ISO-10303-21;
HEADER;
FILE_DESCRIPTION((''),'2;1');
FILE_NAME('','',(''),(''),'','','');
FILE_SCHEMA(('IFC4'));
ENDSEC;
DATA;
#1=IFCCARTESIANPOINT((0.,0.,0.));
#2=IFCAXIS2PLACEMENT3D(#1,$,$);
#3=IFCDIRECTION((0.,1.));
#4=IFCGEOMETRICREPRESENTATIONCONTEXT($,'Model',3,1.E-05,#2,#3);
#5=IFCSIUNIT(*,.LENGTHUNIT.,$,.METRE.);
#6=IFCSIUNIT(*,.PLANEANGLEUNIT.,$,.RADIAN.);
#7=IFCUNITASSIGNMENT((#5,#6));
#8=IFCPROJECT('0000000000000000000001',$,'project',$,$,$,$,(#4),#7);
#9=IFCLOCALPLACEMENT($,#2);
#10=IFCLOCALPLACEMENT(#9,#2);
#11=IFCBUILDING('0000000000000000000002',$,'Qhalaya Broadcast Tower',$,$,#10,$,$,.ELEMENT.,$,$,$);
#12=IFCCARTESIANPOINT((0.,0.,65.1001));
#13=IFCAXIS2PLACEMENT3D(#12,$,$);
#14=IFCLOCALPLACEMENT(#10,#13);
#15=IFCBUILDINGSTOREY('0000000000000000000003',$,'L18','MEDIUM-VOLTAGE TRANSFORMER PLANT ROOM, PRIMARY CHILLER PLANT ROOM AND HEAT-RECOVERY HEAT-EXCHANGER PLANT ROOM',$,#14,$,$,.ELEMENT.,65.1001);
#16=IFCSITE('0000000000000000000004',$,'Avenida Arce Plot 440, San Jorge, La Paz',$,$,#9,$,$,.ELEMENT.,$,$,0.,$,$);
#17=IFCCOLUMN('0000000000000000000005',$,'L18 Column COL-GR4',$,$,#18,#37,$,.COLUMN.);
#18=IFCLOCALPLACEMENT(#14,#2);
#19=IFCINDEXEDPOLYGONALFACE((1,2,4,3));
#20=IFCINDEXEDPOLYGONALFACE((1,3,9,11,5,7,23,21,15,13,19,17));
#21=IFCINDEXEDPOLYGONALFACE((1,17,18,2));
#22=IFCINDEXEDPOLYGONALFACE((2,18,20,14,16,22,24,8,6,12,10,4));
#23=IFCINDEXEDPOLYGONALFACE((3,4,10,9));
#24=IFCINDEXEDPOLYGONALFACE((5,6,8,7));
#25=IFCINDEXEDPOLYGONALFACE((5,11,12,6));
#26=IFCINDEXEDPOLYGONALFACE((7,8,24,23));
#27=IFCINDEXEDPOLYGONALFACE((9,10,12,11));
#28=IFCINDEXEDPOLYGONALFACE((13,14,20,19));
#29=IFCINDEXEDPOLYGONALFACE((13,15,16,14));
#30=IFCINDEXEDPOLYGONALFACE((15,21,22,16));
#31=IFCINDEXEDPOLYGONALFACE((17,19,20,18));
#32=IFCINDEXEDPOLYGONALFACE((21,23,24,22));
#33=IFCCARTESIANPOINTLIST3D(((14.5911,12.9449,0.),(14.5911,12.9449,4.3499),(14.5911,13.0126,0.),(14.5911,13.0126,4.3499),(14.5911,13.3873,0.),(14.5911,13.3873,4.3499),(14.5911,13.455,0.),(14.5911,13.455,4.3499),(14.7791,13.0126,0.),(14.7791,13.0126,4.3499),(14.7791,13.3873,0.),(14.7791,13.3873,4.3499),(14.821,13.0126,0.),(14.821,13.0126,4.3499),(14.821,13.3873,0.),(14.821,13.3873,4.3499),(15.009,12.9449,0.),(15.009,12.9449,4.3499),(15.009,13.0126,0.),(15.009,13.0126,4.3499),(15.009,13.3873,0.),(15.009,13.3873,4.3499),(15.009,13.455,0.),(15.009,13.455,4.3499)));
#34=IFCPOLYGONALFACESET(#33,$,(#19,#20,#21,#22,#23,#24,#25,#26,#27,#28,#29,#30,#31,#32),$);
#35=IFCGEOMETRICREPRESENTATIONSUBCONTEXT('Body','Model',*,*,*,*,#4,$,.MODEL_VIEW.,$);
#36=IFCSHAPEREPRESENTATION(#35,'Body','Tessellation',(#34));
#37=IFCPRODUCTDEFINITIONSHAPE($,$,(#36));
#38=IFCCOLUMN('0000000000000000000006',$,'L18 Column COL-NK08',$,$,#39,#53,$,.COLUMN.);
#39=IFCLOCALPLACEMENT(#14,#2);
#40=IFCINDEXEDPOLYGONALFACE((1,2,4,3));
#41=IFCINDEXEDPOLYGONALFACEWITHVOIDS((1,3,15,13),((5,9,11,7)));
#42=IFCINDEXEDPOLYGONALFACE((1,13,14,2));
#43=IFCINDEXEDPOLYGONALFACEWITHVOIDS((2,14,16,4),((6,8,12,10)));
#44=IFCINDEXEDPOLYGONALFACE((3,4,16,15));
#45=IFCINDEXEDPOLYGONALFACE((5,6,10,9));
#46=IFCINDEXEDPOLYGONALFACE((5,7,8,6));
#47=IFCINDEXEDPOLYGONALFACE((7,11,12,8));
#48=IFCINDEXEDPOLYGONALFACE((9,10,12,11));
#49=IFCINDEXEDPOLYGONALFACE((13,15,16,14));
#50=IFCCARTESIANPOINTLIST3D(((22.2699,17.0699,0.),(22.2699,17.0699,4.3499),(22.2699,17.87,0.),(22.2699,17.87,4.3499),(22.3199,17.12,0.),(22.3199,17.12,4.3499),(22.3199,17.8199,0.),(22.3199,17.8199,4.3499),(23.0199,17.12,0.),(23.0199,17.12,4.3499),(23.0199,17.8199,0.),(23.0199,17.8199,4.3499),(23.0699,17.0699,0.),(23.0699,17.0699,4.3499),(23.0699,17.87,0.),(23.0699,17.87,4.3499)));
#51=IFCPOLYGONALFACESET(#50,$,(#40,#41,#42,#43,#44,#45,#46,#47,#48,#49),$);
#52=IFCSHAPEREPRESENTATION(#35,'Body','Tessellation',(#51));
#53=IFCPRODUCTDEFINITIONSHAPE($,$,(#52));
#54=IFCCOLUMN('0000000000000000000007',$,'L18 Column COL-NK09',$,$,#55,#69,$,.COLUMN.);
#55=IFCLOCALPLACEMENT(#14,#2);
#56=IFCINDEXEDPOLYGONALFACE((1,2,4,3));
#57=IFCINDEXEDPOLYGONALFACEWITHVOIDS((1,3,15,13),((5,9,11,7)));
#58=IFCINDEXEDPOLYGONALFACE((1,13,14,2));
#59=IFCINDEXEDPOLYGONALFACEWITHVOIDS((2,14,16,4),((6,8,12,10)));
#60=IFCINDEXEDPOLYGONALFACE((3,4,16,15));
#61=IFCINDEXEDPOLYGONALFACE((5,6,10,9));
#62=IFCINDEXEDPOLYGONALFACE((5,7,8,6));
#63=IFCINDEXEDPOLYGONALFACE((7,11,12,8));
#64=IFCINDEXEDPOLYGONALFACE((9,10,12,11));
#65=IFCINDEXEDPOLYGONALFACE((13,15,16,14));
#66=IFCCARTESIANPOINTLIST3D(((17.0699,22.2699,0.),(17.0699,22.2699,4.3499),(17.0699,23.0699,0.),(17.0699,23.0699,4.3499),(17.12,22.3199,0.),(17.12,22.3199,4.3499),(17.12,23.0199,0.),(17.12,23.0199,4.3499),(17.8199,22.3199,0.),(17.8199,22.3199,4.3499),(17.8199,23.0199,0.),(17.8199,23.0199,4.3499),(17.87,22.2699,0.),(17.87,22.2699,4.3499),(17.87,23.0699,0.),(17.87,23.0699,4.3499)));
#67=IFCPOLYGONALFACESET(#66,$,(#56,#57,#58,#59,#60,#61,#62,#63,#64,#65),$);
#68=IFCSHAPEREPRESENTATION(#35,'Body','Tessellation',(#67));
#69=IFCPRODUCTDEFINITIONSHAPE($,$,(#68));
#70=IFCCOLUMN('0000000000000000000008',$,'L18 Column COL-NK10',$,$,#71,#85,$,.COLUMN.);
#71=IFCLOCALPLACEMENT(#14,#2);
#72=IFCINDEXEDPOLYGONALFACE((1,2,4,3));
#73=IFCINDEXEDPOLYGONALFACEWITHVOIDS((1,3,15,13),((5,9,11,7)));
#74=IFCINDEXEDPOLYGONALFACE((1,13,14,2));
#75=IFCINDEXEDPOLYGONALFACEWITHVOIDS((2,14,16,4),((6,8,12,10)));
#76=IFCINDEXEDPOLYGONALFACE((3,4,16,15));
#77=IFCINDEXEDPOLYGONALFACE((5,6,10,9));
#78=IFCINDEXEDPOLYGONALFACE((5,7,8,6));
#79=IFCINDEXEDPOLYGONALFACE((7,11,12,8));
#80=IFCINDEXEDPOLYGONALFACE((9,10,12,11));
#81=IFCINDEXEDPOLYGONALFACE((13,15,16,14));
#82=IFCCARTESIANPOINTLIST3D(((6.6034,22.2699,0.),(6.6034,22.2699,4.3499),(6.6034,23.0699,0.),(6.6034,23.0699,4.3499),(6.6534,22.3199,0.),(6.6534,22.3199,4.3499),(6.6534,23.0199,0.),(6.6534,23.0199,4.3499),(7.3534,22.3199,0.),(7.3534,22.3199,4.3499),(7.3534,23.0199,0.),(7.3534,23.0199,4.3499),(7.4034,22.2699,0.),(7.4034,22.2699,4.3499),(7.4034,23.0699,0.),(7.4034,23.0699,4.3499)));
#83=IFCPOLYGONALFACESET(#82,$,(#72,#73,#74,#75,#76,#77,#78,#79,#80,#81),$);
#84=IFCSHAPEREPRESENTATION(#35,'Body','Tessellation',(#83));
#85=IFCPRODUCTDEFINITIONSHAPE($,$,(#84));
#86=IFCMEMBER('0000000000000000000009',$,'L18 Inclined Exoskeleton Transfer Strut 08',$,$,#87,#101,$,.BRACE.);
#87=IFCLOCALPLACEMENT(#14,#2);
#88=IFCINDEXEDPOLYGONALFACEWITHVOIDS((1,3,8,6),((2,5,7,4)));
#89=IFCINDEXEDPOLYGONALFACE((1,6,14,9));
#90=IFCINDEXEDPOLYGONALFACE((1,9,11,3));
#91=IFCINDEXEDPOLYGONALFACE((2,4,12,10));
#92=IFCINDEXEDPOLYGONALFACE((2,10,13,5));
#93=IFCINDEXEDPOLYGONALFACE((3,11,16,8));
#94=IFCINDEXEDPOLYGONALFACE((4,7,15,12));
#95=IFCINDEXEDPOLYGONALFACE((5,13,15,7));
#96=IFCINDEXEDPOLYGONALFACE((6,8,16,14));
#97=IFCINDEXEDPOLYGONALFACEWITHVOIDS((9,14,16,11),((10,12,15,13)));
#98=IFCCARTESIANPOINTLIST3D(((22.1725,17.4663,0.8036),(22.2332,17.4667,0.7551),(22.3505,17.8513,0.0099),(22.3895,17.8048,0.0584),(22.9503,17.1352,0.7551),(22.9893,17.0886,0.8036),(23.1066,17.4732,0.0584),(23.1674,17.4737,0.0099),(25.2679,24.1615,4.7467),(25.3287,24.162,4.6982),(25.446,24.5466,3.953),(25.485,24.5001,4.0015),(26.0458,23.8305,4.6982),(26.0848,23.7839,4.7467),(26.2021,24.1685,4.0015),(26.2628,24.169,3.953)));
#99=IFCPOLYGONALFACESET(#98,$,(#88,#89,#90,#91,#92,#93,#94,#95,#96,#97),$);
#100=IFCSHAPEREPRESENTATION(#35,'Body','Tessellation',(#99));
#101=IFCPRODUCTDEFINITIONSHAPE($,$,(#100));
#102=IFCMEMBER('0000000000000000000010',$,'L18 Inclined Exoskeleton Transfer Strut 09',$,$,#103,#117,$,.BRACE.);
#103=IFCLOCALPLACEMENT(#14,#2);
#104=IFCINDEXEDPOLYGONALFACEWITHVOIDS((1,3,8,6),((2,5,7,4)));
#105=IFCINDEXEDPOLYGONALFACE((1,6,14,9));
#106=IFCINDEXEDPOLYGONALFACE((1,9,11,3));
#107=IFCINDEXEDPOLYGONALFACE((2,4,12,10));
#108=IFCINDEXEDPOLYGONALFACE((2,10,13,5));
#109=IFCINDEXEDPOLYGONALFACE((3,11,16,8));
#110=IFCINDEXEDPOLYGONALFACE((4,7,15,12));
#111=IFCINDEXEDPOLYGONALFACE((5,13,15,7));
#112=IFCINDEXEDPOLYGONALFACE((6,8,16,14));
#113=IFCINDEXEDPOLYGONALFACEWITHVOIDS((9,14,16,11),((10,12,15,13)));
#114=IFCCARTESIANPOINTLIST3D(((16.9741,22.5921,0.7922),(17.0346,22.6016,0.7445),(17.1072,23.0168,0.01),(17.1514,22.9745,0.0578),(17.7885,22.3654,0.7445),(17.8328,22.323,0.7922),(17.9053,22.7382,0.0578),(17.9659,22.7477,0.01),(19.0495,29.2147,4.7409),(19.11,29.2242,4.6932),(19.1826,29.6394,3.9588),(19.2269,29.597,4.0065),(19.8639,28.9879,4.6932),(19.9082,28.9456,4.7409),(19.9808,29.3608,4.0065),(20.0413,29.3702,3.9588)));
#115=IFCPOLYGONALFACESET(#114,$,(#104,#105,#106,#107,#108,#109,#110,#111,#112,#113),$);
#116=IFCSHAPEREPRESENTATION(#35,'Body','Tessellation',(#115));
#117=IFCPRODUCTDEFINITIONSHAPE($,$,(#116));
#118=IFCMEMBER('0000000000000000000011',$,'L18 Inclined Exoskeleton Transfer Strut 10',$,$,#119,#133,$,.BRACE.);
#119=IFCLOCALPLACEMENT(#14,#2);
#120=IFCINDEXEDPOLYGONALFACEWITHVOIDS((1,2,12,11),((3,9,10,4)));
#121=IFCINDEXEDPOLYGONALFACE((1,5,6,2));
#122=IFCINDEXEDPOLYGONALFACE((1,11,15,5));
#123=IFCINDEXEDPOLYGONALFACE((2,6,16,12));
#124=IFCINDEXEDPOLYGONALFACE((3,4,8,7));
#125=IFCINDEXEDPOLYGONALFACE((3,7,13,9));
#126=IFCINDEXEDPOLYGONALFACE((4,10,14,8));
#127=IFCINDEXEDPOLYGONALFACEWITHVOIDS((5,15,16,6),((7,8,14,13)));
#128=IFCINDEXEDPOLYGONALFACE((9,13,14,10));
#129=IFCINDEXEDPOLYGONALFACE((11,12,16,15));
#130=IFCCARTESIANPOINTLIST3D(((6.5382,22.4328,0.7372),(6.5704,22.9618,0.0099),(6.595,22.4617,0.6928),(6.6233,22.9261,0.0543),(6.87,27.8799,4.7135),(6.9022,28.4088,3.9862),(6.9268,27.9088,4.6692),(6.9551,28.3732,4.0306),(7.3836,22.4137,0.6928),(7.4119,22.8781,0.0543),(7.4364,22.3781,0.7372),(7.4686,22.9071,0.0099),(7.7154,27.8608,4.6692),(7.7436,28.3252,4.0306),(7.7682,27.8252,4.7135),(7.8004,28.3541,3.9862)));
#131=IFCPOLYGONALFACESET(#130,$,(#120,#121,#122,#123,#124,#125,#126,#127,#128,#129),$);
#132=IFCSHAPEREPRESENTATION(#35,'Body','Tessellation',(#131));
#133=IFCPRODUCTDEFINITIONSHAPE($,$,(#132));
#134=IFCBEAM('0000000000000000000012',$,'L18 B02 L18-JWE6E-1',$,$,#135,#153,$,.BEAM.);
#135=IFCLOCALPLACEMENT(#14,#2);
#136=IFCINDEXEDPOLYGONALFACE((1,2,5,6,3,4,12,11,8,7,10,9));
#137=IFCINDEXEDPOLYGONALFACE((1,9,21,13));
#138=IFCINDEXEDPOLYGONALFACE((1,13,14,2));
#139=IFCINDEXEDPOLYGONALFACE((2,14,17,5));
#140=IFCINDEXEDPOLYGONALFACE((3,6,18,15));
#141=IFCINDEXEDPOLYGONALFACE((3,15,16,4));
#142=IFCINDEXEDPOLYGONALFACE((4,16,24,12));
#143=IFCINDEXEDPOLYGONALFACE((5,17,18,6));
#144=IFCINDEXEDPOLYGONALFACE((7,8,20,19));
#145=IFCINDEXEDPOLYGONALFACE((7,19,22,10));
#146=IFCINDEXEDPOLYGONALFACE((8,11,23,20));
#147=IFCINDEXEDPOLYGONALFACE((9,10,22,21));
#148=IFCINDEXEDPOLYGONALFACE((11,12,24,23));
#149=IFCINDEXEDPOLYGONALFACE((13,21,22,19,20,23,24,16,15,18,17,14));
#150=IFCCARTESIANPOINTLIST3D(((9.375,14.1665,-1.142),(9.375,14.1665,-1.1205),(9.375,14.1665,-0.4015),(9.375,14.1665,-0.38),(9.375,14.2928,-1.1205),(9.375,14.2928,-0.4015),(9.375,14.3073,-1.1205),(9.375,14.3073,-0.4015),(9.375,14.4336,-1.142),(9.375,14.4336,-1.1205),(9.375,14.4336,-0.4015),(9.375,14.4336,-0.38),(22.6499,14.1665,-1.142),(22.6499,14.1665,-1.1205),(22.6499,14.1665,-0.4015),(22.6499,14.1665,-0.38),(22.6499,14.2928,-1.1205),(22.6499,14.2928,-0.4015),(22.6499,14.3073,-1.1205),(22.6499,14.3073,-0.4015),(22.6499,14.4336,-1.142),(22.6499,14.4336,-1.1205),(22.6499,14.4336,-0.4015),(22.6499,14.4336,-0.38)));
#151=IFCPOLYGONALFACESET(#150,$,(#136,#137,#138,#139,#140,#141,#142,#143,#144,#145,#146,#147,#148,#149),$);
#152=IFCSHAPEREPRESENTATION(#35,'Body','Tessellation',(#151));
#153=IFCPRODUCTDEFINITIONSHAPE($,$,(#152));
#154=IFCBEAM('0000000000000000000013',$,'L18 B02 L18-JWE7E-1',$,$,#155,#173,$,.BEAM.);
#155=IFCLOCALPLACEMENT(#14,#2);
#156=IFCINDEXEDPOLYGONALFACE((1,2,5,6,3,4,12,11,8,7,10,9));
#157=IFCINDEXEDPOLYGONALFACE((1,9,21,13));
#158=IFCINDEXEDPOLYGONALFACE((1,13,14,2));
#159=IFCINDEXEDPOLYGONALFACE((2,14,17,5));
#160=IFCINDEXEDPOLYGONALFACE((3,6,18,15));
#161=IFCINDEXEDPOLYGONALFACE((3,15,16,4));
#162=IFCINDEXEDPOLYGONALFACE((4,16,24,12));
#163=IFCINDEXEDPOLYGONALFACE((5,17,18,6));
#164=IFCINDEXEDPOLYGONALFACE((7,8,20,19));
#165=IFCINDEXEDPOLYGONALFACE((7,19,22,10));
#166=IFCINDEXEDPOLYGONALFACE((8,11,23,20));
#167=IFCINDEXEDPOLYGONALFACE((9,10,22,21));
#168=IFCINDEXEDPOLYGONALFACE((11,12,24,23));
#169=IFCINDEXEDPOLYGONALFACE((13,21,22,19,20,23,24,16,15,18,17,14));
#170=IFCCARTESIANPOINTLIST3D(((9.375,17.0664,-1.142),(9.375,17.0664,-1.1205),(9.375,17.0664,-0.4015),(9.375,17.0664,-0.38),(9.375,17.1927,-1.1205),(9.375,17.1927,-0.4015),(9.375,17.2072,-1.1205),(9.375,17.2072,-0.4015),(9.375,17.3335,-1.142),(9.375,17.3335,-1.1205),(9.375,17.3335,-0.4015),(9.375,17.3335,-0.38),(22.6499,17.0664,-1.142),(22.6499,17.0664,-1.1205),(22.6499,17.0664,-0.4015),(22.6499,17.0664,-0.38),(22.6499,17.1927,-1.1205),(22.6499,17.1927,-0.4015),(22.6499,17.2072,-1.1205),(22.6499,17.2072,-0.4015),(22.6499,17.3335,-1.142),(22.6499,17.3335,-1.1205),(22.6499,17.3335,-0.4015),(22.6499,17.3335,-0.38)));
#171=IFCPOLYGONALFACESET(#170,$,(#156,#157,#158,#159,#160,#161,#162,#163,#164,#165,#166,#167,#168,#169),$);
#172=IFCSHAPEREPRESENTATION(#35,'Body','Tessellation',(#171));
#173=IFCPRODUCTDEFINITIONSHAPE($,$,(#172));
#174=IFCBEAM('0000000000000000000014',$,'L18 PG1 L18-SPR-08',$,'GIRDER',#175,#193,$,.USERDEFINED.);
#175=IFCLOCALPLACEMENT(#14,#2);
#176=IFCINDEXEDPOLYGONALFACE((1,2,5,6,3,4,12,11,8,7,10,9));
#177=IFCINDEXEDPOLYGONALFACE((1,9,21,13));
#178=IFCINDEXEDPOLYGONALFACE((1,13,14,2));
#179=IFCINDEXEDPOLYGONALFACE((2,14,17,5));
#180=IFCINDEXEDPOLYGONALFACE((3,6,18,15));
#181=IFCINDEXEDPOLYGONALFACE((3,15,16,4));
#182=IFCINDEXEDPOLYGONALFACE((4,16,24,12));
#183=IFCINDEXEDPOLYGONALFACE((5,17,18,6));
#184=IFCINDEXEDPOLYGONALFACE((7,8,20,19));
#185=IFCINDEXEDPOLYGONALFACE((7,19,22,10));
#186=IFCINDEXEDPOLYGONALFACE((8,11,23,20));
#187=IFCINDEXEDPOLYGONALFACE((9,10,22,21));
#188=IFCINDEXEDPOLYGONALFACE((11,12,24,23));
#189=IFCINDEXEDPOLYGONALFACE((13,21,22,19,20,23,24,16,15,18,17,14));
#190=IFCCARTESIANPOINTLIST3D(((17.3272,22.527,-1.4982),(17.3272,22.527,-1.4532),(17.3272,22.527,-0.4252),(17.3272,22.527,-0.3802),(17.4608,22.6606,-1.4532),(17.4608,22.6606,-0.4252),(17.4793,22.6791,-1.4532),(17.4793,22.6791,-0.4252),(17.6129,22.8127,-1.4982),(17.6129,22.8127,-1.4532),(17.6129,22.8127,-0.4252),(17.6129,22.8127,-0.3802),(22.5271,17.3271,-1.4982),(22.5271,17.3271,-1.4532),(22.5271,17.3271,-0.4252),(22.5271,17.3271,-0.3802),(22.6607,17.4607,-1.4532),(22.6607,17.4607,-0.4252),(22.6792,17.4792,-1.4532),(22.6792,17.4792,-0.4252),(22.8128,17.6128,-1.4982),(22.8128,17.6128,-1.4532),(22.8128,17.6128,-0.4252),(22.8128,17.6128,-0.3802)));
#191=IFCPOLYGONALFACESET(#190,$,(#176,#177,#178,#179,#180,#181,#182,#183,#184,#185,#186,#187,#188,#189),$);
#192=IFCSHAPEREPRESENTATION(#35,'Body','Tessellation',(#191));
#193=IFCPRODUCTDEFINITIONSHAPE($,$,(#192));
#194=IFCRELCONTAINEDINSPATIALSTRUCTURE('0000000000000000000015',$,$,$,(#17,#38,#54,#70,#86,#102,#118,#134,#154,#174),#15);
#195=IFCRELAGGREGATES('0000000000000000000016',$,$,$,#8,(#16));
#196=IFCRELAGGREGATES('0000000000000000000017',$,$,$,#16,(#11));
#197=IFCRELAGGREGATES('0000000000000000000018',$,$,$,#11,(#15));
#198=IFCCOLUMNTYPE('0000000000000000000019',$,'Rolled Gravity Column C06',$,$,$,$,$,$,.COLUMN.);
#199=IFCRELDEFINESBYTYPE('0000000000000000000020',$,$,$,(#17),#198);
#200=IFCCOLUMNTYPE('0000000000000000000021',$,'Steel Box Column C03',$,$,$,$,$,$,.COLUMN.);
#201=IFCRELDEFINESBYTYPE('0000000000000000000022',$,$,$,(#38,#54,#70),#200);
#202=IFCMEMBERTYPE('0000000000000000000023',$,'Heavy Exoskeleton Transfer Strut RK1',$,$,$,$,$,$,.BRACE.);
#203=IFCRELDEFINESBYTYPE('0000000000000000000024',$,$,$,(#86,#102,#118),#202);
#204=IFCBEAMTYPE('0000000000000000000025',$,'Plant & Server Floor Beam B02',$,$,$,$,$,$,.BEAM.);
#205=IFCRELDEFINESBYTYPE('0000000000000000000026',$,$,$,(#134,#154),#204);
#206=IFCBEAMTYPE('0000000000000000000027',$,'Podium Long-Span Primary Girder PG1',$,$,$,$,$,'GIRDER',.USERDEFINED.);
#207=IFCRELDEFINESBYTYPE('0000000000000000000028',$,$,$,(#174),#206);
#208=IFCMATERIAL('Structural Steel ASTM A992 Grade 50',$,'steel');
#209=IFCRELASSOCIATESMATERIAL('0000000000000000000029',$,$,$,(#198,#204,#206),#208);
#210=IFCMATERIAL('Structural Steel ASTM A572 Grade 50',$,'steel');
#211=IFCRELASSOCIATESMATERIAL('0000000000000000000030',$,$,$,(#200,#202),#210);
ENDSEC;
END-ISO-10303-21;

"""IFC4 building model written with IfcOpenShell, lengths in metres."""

from ifc_helpers import new_model, si_unit, direction, frame, origin, origin_2d, place, context, subcontext, project, spatial, hollow_rectangle, i_section, extrude, material, material_profile, profile_set, type_object, element, save


model = new_model("IFC4")

# Units and contexts
model_context = context("Model", 3, precision=1e-05, world=origin(), true_north=direction((0.0, 1.0)))
body_context = subcontext(model_context, "Body", "Model", "MODEL_VIEW")
ifc_project = project(units=[si_unit("LENGTHUNIT", "METRE"), si_unit("PLANEANGLEUNIT", "RADIAN")], contexts=[model_context])

# Site, building, storey
site_placement = place(None, origin())
site = spatial("IfcSite", under=ifc_project, at=site_placement, Name="Avenida Arce Plot 440, San Jorge, La Paz", CompositionType="ELEMENT", RefElevation=0.0)
building_placement = place(site_placement, origin())
building = spatial("IfcBuilding", under=site, at=building_placement, Name="Qhalaya Broadcast Tower", CompositionType="ELEMENT")
storey_placement = place(building_placement, frame((0.0, 0.0, 65.1001)))
storey = spatial("IfcBuildingStorey", under=building, at=storey_placement, Name="L18", Description="MEDIUM-VOLTAGE TRANSFORMER PLANT ROOM, PRIMARY CHILLER PLANT ROOM AND HEAT-RECOVERY HEAT-EXCHANGER PLANT ROOM", CompositionType="ELEMENT", Elevation=65.1001)

# Columns
ifc_material_1 = material(Name="Structural Steel ASTM A992 Grade 50", Category="steel")
ifc_material_profile_1 = material_profile(ifc_material_1, i_section(OverallWidth=0.418, OverallDepth=0.51, WebThickness=0.042, FlangeThickness=0.0676, at=origin_2d()), Name="W14X370")
ifc_profile_set_1 = profile_set([ifc_material_profile_1], Name="Structural Steel ASTM A992 Grade 50")
column_type_1 = type_object("IfcColumnType", Name="Rolled Gravity Column C06", PredefinedType="COLUMN", material=ifc_profile_set_1)
column_placement = place(storey_placement, frame((14.8, 13.2, 0.0), z_axis=(0.0, 0.0, 1.0), x_axis=(1.0, 0.0, 0.0)))
element("IfcColumn", 1, at=column_placement, inside=storey, type_object=column_type_1, Name="L18 Column COL-GR4", PredefinedType="COLUMN", context=body_context, shape_type="SweptSolid", body=[
    extrude(i_section(OverallWidth=0.418, OverallDepth=0.51, WebThickness=0.042, FlangeThickness=0.0676, at=origin_2d()), origin(), (0.0, 0.0, 1.0), 4.3499),
])
ifc_material_2 = material(Name="Structural Steel ASTM A572 Grade 50", Category="steel")
ifc_material_profile_2 = material_profile(ifc_material_2, hollow_rectangle(XDim=0.8, YDim=0.8, WallThickness=0.05, at=origin_2d()), Name="BOX 800x800x50")
ifc_profile_set_2 = profile_set([ifc_material_profile_2], Name="Structural Steel ASTM A572 Grade 50")
column_type_2 = type_object("IfcColumnType", Name="Steel Box Column C03", PredefinedType="COLUMN", material=ifc_profile_set_2)
for number, where, z_axis, x_axis, name in (
    (2, (22.6699, 17.47, 0.0), (0.0, 0.0, 1.0), (0.0, 1.0, 0.0), "L18 Column COL-NK08"),
    (3, (17.47, 22.6699, 0.0), (0.0, 0.0, 1.0), (1.0, 0.0, 0.0), "L18 Column COL-NK09"),
    (4, (7.0034, 22.6699, 0.0), (0.0, 0.0, 1.0), (1.0, 0.0, 0.0), "L18 Column COL-NK10"),
):
    element("IfcColumn", number, at=place(storey_placement, frame(where, z_axis=z_axis, x_axis=x_axis)), inside=storey, type_object=column_type_2, Name=name, PredefinedType="COLUMN", context=body_context, shape_type="SweptSolid", body=[
        extrude(hollow_rectangle(XDim=0.8, YDim=0.8, WallThickness=0.05, at=origin_2d()), origin(), (0.0, 0.0, 1.0), 4.3499),
    ])

# Members
ifc_material_profile_3 = material_profile(ifc_material_2, hollow_rectangle(XDim=0.8999, YDim=0.8999, WallThickness=0.0549, at=origin_2d()), Name="BOX 900x900x55")
ifc_profile_set_3 = profile_set([ifc_material_profile_3], Name="Structural Steel ASTM A572 Grade 50")
member_type = type_object("IfcMemberType", Name="Heavy Exoskeleton Transfer Strut RK1", PredefinedType="BRACE", material=ifc_profile_set_3)
member_1_placement = place(storey_placement, frame((22.6699, 17.47, 0.4067), z_axis=(0.370091, 0.800487, 0.471436), x_axis=(-0.907685, 0.419652, 0.0)))
element("IfcMember", 5, at=member_1_placement, inside=storey, type_object=member_type, Name="L18 Inclined Exoskeleton Transfer Strut 08", PredefinedType="BRACE", context=body_context, shape_type="SweptSolid", body=[
    extrude(hollow_rectangle(XDim=0.8999, YDim=0.8999, WallThickness=0.0549, at=origin_2d()), origin(), (0.0, 0.0, 1.0), 8.364),
])
member_2_placement = place(storey_placement, frame((17.47, 22.6699, 0.4011), z_axis=(0.259921, 0.829388, 0.494526), x_axis=(-0.954238, 0.299048, 0.0)))
element("IfcMember", 6, at=member_2_placement, inside=storey, type_object=member_type, Name="L18 Inclined Exoskeleton Transfer Strut 09", PredefinedType="BRACE", context=body_context, shape_type="SweptSolid", body=[
    extrude(hollow_rectangle(XDim=0.8999, YDim=0.8999, WallThickness=0.0549, at=origin_2d()), origin(), (0.0, 0.0, 1.0), 7.9849),
])
member_3_placement = place(storey_placement, frame((7.0034, 22.6699, 0.3735), z_axis=(0.049138, 0.806712, 0.588899), x_axis=(-0.99815, 0.060799, 0.0)))
element("IfcMember", 7, at=member_3_placement, inside=storey, type_object=member_type, Name="L18 Inclined Exoskeleton Transfer Strut 10", PredefinedType="BRACE", context=body_context, shape_type="SweptSolid", body=[
    extrude(hollow_rectangle(XDim=0.8999, YDim=0.8999, WallThickness=0.0549, at=origin_2d()), origin(), (0.0, 0.0, 1.0), 6.7522),
])

# Beams
ifc_material_profile_4 = material_profile(ifc_material_1, i_section(OverallWidth=0.2671, OverallDepth=0.762, WebThickness=0.0144, FlangeThickness=0.0215, at=origin_2d()), Name="W30X116")
ifc_profile_set_4 = profile_set([ifc_material_profile_4], Name="Structural Steel ASTM A992 Grade 50")
beam_type_1 = type_object("IfcBeamType", Name="Plant & Server Floor Beam B02", PredefinedType="BEAM", material=ifc_profile_set_4)
for number, where, z_axis, x_axis, name in (
    (8, (9.375, 14.3, -0.761), (1.0, 0.0, 0.0), (0.0, 1.0, 0.0), "L18 B02 L18-JWE6E-1"),
    (9, (9.375, 17.2, -0.761), (1.0, 0.0, 0.0), (0.0, 1.0, 0.0), "L18 B02 L18-JWE7E-1"),
):
    element("IfcBeam", number, at=place(storey_placement, frame(where, z_axis=z_axis, x_axis=x_axis)), inside=storey, type_object=beam_type_1, Name=name, PredefinedType="BEAM", context=body_context, shape_type="SweptSolid", body=[
        extrude(i_section(OverallWidth=0.2671, OverallDepth=0.762, WebThickness=0.0144, FlangeThickness=0.0215, at=origin_2d()), origin(), (0.0, 0.0, 1.0), 13.2749),
    ])
ifc_material_profile_5 = material_profile(ifc_material_1, i_section(OverallWidth=0.4041, OverallDepth=1.1179, WebThickness=0.0261, FlangeThickness=0.0449, at=origin_2d()), Name="W44X335")
ifc_profile_set_5 = profile_set([ifc_material_profile_5], Name="Structural Steel ASTM A992 Grade 50")
beam_type_2 = type_object("IfcBeamType", Name="Podium Long-Span Primary Girder PG1", ElementType="GIRDER", PredefinedType="USERDEFINED", material=ifc_profile_set_5)
beam_1_placement = place(storey_placement, frame((22.6699, 17.47, -0.9392), z_axis=(-0.707107, 0.707107, 0.0), x_axis=(-0.707107, -0.707107, 0.0)))
element("IfcBeam", 10, at=beam_1_placement, inside=storey, type_object=beam_type_2, Name="L18 PG1 L18-SPR-08", ObjectType="GIRDER", PredefinedType="USERDEFINED", context=body_context, shape_type="SweptSolid", body=[
    extrude(i_section(OverallWidth=0.4041, OverallDepth=1.1179, WebThickness=0.0261, FlangeThickness=0.0449, at=origin_2d()), origin(), (0.0, 0.0, 1.0), 7.3538),
])

save(model, "model.ifc")
